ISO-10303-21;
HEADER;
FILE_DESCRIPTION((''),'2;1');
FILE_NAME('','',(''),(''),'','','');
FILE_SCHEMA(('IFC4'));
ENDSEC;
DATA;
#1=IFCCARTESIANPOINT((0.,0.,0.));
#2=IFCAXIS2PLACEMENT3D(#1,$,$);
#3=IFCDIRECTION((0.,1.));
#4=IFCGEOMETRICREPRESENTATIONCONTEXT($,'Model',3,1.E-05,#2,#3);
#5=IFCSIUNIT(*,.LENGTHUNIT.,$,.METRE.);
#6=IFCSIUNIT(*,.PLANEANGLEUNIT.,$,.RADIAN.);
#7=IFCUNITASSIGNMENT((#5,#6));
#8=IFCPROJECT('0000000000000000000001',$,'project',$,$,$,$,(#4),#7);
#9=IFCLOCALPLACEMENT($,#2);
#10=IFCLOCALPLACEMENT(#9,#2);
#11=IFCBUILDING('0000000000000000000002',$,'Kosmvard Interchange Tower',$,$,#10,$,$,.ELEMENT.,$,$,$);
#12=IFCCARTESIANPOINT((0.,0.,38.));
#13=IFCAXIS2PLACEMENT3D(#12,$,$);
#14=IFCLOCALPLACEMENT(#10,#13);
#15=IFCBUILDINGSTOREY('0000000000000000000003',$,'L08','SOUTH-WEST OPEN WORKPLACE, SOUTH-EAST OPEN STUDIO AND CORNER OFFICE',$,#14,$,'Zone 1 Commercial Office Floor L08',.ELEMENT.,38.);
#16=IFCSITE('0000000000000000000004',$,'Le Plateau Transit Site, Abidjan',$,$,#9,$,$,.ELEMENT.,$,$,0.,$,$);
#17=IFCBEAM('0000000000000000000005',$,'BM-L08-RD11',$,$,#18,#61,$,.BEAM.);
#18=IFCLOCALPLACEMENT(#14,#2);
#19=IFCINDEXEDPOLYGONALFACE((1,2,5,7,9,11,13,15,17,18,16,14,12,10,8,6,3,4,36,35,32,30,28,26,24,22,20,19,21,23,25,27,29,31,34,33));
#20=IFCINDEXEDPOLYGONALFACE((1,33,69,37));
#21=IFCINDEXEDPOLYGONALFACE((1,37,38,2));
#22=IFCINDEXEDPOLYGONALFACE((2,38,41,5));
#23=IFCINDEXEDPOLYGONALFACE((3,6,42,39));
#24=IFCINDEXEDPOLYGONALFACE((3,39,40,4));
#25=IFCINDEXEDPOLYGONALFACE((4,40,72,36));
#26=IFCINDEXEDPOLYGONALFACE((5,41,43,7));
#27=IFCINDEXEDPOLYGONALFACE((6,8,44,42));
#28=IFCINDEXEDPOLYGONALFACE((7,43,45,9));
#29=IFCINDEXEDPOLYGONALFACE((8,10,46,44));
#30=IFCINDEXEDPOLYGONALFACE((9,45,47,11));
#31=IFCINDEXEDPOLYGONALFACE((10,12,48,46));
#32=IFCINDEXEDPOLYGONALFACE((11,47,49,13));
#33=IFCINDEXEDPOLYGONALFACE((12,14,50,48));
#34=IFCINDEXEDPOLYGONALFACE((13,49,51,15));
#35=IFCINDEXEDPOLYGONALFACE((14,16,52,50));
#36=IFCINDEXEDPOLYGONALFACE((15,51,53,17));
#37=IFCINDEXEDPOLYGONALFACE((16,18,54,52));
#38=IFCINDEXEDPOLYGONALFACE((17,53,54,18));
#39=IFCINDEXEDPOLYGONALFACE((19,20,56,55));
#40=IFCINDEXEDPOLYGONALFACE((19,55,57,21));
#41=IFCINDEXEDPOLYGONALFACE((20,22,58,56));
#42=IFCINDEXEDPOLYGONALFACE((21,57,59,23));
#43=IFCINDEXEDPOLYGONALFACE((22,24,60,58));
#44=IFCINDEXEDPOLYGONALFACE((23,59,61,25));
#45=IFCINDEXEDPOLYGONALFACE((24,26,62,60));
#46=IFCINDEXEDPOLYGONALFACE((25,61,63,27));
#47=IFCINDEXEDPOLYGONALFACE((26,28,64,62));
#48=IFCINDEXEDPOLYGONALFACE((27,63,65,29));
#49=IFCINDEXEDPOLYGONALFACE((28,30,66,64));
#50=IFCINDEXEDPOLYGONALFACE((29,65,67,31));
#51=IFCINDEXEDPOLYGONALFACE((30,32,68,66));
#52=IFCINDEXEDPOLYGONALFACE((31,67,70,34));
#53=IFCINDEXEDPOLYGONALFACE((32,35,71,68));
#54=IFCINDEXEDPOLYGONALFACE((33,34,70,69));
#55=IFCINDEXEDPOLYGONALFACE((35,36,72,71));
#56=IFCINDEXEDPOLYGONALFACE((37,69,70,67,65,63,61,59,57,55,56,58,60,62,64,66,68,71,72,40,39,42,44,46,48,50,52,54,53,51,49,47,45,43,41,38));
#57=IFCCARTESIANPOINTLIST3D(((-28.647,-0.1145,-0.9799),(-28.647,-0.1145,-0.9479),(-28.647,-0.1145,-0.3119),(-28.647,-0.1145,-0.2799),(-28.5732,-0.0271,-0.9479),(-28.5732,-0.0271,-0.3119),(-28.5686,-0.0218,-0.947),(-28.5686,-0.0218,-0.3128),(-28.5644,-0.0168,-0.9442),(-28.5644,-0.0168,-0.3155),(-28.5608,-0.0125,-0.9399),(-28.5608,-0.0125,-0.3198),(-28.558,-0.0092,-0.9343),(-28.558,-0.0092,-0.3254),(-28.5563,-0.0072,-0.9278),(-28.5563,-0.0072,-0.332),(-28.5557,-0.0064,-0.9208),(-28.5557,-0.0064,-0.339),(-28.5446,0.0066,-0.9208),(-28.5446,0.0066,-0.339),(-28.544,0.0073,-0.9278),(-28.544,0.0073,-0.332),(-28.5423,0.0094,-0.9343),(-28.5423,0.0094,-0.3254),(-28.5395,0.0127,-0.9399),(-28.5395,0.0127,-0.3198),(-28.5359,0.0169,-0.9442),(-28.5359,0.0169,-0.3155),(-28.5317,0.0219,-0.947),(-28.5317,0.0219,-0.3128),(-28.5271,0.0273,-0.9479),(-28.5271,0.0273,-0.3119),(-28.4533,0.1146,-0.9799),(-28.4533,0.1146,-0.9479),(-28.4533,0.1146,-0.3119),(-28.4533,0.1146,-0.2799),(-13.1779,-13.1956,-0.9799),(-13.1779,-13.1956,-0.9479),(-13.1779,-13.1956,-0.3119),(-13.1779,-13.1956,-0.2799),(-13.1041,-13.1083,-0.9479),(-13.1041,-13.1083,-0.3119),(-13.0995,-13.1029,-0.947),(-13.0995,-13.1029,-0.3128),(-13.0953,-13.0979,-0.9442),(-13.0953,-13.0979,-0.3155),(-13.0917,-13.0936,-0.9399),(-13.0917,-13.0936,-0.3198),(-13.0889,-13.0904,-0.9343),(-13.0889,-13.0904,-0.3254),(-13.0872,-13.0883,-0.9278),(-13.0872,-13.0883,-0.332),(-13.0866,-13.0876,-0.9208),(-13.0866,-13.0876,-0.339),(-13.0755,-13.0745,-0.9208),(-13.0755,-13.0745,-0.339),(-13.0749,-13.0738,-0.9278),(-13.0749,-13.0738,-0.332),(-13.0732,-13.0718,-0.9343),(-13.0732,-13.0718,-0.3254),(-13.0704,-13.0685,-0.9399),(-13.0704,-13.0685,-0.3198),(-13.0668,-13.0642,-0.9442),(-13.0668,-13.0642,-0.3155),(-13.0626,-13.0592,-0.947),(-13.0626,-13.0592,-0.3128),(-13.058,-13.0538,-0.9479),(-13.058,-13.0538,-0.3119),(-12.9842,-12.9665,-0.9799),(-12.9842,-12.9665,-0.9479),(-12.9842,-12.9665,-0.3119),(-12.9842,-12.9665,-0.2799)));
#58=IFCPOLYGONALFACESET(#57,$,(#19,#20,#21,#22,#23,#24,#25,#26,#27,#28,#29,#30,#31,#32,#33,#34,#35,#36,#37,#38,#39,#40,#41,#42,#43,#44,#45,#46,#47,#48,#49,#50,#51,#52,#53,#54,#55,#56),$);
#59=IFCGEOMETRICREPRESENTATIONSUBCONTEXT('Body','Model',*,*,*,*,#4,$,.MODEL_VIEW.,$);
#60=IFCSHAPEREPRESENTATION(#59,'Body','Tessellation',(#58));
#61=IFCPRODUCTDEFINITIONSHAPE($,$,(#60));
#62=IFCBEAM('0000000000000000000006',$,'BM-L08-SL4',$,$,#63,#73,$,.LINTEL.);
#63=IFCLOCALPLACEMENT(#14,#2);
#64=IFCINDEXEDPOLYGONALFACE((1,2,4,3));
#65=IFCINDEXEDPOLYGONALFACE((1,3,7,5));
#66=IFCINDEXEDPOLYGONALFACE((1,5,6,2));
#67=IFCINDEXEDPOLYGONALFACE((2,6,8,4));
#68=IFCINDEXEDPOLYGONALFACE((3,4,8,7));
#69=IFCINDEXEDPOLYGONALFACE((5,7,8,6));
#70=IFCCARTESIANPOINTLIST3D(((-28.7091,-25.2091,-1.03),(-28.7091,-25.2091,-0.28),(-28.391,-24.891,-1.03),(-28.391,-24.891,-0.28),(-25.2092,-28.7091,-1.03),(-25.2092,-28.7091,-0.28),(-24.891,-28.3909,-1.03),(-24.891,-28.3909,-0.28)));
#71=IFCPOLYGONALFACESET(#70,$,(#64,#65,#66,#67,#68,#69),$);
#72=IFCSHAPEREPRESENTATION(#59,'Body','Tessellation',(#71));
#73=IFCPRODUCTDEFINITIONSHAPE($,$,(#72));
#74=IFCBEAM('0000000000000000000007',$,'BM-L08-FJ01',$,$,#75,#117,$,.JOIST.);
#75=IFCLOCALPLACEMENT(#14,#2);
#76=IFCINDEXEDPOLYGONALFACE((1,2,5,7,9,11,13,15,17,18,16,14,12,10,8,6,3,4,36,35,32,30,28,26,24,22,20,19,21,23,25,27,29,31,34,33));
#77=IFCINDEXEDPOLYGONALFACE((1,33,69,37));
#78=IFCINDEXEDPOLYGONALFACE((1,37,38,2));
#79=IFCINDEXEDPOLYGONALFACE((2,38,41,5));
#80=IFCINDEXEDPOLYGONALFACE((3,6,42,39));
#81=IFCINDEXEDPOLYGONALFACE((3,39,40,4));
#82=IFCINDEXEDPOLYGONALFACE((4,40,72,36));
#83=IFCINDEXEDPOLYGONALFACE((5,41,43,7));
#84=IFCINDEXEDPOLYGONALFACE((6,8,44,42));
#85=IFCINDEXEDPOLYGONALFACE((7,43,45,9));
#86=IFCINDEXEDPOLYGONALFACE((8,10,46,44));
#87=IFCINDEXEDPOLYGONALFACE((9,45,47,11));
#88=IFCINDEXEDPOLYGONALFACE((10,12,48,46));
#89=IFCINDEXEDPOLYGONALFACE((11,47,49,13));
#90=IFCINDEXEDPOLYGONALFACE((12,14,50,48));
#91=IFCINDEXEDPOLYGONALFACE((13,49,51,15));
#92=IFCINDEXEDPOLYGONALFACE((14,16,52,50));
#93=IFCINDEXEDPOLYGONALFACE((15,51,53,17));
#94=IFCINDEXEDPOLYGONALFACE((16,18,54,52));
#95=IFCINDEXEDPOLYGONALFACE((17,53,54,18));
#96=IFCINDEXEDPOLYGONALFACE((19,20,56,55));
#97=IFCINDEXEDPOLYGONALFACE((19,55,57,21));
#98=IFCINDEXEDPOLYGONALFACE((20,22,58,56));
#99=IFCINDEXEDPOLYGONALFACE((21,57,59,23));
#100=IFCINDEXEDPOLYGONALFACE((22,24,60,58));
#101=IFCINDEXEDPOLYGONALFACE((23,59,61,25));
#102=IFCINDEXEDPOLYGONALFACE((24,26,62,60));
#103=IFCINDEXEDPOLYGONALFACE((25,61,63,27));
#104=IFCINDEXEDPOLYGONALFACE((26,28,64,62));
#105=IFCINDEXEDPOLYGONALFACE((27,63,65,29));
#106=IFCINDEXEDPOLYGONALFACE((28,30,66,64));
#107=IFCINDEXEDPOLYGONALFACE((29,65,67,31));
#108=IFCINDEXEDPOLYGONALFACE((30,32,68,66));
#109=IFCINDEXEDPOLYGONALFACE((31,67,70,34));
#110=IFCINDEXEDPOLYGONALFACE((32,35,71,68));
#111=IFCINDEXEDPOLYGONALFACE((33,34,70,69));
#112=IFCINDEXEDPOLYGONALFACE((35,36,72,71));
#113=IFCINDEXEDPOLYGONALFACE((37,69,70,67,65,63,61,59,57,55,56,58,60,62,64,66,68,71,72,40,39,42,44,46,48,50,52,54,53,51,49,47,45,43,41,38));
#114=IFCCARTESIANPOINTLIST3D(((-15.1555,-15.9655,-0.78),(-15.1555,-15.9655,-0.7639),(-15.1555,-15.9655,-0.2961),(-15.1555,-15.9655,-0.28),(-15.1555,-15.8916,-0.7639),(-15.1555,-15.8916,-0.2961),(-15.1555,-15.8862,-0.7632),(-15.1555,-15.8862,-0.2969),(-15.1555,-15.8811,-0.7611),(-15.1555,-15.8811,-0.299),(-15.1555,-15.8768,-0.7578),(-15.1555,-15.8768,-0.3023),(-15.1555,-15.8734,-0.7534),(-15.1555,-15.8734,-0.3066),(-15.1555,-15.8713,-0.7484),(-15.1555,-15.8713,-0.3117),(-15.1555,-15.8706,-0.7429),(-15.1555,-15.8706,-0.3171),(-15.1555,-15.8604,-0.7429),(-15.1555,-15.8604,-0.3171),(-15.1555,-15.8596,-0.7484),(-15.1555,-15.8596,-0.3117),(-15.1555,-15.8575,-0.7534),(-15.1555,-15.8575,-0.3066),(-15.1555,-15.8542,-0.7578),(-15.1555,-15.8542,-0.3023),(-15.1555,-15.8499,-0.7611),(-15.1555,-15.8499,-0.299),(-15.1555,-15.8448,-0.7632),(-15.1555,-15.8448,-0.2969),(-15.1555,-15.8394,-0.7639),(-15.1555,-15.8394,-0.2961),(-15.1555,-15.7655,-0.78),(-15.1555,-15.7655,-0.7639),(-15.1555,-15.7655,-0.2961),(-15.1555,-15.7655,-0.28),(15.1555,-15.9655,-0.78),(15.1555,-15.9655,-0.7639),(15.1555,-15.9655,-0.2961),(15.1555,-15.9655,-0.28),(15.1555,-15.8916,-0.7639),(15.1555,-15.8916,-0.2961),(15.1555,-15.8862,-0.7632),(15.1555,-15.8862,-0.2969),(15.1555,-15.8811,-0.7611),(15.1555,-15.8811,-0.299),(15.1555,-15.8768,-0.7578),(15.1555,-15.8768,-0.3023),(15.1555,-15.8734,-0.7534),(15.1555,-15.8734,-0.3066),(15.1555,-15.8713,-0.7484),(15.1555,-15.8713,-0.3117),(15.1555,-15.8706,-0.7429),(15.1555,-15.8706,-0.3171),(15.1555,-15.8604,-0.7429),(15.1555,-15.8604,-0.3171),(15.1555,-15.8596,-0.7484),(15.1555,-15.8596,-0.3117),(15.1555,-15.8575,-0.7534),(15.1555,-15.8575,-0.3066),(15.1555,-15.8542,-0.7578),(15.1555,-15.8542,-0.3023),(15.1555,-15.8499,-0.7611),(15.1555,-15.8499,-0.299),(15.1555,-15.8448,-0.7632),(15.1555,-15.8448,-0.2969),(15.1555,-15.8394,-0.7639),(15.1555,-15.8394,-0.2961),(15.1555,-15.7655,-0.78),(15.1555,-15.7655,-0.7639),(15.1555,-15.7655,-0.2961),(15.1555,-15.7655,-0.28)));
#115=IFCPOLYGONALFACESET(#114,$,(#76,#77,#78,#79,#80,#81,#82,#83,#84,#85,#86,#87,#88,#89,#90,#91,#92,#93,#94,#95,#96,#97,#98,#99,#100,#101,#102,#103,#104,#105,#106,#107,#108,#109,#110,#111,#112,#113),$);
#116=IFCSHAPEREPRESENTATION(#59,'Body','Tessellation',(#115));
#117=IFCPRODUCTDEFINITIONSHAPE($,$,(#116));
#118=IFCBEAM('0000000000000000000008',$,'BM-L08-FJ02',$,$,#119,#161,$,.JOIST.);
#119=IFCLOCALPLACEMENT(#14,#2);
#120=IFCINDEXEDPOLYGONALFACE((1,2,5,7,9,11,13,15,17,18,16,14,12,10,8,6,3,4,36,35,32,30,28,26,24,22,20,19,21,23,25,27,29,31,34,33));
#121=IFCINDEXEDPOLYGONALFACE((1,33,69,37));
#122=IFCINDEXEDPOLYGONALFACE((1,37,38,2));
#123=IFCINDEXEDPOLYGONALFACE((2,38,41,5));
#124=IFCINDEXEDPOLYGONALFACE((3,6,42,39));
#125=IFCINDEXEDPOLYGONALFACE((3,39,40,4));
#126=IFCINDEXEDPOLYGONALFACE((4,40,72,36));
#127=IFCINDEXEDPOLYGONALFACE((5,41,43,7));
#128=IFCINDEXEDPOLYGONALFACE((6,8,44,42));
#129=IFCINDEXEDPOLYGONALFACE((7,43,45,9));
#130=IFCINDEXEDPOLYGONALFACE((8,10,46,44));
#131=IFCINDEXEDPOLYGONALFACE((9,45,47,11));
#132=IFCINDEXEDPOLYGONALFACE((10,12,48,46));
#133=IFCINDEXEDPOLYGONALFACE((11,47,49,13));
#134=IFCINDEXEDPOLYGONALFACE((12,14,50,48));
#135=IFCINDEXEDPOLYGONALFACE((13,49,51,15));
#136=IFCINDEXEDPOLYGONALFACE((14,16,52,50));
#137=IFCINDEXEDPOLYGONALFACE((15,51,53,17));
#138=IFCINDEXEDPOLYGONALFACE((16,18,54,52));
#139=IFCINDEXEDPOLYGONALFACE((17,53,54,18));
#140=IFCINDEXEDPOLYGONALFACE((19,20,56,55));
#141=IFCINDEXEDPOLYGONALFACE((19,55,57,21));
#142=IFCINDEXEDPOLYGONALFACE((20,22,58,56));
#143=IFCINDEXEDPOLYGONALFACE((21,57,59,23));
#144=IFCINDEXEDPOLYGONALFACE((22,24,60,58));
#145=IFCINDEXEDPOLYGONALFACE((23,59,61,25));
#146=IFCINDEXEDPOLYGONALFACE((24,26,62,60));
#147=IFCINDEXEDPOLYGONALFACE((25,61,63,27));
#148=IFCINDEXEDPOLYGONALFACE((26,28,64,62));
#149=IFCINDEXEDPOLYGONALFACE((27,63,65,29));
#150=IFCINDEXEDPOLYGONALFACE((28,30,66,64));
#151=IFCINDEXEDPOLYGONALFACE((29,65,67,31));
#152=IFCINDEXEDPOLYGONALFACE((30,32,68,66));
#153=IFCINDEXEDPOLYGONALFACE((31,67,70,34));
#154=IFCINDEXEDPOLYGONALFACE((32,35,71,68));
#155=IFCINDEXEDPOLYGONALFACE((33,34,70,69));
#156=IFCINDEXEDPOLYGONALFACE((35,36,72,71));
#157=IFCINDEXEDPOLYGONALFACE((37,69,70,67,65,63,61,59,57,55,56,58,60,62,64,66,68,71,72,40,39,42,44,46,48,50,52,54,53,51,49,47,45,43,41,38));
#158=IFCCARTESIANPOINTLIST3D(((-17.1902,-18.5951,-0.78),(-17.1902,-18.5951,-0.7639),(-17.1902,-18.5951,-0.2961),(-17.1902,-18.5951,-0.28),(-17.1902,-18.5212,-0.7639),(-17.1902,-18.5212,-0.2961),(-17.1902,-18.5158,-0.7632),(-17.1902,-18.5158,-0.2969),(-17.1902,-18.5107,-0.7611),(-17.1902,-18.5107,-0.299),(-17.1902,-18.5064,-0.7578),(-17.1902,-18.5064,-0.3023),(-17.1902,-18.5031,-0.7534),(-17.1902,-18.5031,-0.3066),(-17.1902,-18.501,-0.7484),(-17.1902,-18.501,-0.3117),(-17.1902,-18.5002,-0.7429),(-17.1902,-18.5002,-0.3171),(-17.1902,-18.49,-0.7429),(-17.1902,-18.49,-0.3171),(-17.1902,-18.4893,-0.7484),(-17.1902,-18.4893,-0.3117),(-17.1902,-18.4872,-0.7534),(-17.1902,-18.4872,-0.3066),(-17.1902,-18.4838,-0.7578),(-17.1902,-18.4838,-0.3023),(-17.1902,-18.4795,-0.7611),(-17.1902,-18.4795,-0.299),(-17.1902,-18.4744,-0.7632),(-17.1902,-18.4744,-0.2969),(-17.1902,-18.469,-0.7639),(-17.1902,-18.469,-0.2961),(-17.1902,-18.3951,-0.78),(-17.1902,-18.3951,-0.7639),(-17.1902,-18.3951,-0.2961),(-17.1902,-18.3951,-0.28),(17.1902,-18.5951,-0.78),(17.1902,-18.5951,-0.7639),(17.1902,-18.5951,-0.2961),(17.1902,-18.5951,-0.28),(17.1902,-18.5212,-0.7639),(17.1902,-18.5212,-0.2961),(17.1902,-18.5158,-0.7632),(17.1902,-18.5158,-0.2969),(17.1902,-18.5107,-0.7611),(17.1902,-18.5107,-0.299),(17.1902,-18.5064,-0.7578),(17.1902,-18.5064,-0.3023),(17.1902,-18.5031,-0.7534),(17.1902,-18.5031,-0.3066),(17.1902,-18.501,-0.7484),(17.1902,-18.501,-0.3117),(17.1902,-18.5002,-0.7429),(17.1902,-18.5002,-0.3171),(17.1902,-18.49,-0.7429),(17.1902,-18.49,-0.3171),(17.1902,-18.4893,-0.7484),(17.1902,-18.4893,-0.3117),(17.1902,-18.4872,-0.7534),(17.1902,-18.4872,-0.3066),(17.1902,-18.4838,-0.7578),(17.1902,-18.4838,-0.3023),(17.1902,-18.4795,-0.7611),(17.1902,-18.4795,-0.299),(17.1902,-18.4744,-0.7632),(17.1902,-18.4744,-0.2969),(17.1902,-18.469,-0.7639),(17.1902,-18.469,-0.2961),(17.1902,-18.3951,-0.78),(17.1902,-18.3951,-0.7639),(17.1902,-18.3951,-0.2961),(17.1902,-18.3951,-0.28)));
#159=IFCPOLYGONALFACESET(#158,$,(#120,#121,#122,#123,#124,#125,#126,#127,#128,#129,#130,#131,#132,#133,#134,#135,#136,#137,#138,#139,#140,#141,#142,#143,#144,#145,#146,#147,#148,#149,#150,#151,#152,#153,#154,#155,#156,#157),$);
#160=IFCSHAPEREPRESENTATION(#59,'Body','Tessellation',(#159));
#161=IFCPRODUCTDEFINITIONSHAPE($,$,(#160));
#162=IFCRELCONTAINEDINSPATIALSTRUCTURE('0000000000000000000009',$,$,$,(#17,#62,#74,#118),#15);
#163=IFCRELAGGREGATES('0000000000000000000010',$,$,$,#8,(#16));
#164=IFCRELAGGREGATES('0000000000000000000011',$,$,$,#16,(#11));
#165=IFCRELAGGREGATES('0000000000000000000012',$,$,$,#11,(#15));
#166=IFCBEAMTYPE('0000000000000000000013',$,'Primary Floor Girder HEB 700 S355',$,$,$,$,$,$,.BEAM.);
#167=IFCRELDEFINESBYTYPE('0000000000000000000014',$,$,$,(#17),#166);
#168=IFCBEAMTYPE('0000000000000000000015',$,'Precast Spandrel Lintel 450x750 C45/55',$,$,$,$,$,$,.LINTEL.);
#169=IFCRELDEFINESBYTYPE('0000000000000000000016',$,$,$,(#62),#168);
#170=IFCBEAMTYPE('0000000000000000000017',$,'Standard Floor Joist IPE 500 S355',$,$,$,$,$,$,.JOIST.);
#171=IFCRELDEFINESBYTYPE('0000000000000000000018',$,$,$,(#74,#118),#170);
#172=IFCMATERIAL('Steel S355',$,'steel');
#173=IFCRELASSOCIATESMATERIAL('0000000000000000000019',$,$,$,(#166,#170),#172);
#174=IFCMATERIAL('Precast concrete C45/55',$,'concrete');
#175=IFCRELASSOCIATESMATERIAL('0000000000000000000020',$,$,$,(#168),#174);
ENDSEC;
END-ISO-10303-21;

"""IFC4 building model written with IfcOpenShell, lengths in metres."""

from ifc_helpers import new_model, si_unit, direction, frame, origin, origin_2d, place, context, subcontext, project, spatial, rectangle, i_section, extrude, source, transform, mapped, material, material_profile, profile_set, type_object, element, save


model = new_model("IFC4")

# Units and contexts
model_context = context("Model", 3, precision=1e-05, world=origin(), true_north=direction((0.0, 1.0)))
body_context = subcontext(model_context, "Body", "Model", "MODEL_VIEW")
ifc_project = project(units=[si_unit("LENGTHUNIT", "METRE"), si_unit("PLANEANGLEUNIT", "RADIAN")], contexts=[model_context])

# Site, building, storey
site_placement = place(None, origin())
site = spatial("IfcSite", under=ifc_project, at=site_placement, Name="Le Plateau Transit Site, Abidjan", CompositionType="ELEMENT", RefElevation=0.0)
building_placement = place(site_placement, origin())
building = spatial("IfcBuilding", under=site, at=building_placement, Name="Kosmvard Interchange Tower", CompositionType="ELEMENT")
storey_placement = place(building_placement, frame((0.0, 0.0, 38.0)))
storey = spatial("IfcBuildingStorey", under=building, at=storey_placement, Name="L08", Description="SOUTH-WEST OPEN WORKPLACE, SOUTH-EAST OPEN STUDIO AND CORNER OFFICE", LongName="Zone 1 Commercial Office Floor L08", CompositionType="ELEMENT", Elevation=38.0)

# Beams
ifc_material_1 = material(Name="Steel S355", Category="steel")
ifc_material_profile_1 = material_profile(ifc_material_1, i_section(OverallWidth=0.3, OverallDepth=0.7, WebThickness=0.0171, FlangeThickness=0.032, FilletRadius=0.0271, at=origin_2d()), Name="HEB 700")
ifc_profile_set_1 = profile_set([ifc_material_profile_1], Name="Steel S355")
beam_type_1 = type_object("IfcBeamType", Name="Primary Floor Girder HEB 700 S355", PredefinedType="BEAM", material=ifc_profile_set_1)
shared_shape_1 = source(origin(), body_context, "Body", "SweptSolid", [
    extrude(i_section(OverallWidth=0.3, OverallDepth=0.7, WebThickness=0.0171, FlangeThickness=0.032, FilletRadius=0.0271, at=origin_2d()), origin(), (0.0, 0.0, 1.0), 20.2585),
])
for number, where, z_axis, x_axis, name in (
    (1, (-13.0811, -13.0811, -0.6299), (-0.763583, 0.645709, 0.0), (-0.645709, -0.763583, 0.0), "BM-L08-RD11"),
):
    element("IfcBeam", number, at=place(storey_placement, frame(where, z_axis=z_axis, x_axis=x_axis)), inside=storey, type_object=beam_type_1, Name=name, PredefinedType="BEAM", context=body_context, shape_type="MappedRepresentation", body=[
        mapped(shared_shape_1, transform((0.0, 0.0, 0.0), scale=1.0)),
    ])
ifc_material_2 = material(Name="Precast concrete C45/55", Category="concrete")
ifc_material_profile_2 = material_profile(ifc_material_2, rectangle(XDim=0.45, YDim=0.75, at=origin_2d()), Name="SL 450x750")
ifc_profile_set_2 = profile_set([ifc_material_profile_2], Name="Precast concrete C45/55")
beam_type_2 = type_object("IfcBeamType", Name="Precast Spandrel Lintel 450x750 C45/55", PredefinedType="LINTEL", material=ifc_profile_set_2)
shared_shape_2 = source(origin(), body_context, "Body", "SweptSolid", [
    extrude(rectangle(XDim=0.45, YDim=0.75, at=origin_2d()), origin(), (0.0, 0.0, 1.0), 4.9497),
])
beam_1_placement = place(storey_placement, frame((-28.55, -25.05, -0.655), z_axis=(0.707107, -0.707107, 0.0), x_axis=(0.707107, 0.707107, 0.0)))
element("IfcBeam", 2, at=beam_1_placement, inside=storey, type_object=beam_type_2, Name="BM-L08-SL4", PredefinedType="LINTEL", context=body_context, shape_type="MappedRepresentation", body=[
    mapped(shared_shape_2, transform((0.0, 0.0, 0.0), scale=1.0)),
])
ifc_material_profile_3 = material_profile(ifc_material_1, i_section(OverallWidth=0.2, OverallDepth=0.5, WebThickness=0.0103, FlangeThickness=0.0161, FilletRadius=0.021, at=origin_2d()), Name="IPE 500")
ifc_profile_set_3 = profile_set([ifc_material_profile_3], Name="Steel S355")
beam_type_3 = type_object("IfcBeamType", Name="Standard Floor Joist IPE 500 S355", PredefinedType="JOIST", material=ifc_profile_set_3)
shared_shape_3 = source(origin(), body_context, "Body", "SweptSolid", [
    extrude(i_section(OverallWidth=0.2, OverallDepth=0.5, WebThickness=0.0103, FlangeThickness=0.0161, FilletRadius=0.021, at=origin_2d()), origin(), (0.0, 0.0, 1.0), 30.311),
])
beam_2_placement = place(storey_placement, frame((-15.1555, -15.8655, -0.53), z_axis=(1.0, 0.0, 0.0), x_axis=(0.0, 1.0, 0.0)))
element("IfcBeam", 3, at=beam_2_placement, inside=storey, type_object=beam_type_3, Name="BM-L08-FJ01", PredefinedType="JOIST", context=body_context, shape_type="MappedRepresentation", body=[
    mapped(shared_shape_3, transform((0.0, 0.0, 0.0), scale=1.0)),
])
shared_shape_4 = source(origin(), body_context, "Body", "SweptSolid", [
    extrude(i_section(OverallWidth=0.2, OverallDepth=0.5, WebThickness=0.0103, FlangeThickness=0.0161, FilletRadius=0.021, at=origin_2d()), origin(), (0.0, 0.0, 1.0), 34.3804),
])
beam_3_placement = place(storey_placement, frame((-17.1902, -18.4951, -0.53), z_axis=(1.0, 0.0, 0.0), x_axis=(0.0, 1.0, 0.0)))
element("IfcBeam", 4, at=beam_3_placement, inside=storey, type_object=beam_type_3, Name="BM-L08-FJ02", PredefinedType="JOIST", context=body_context, shape_type="MappedRepresentation", body=[
    mapped(shared_shape_4, transform((0.0, 0.0, 0.0), scale=1.0)),
])

save(model, "model.ifc")
